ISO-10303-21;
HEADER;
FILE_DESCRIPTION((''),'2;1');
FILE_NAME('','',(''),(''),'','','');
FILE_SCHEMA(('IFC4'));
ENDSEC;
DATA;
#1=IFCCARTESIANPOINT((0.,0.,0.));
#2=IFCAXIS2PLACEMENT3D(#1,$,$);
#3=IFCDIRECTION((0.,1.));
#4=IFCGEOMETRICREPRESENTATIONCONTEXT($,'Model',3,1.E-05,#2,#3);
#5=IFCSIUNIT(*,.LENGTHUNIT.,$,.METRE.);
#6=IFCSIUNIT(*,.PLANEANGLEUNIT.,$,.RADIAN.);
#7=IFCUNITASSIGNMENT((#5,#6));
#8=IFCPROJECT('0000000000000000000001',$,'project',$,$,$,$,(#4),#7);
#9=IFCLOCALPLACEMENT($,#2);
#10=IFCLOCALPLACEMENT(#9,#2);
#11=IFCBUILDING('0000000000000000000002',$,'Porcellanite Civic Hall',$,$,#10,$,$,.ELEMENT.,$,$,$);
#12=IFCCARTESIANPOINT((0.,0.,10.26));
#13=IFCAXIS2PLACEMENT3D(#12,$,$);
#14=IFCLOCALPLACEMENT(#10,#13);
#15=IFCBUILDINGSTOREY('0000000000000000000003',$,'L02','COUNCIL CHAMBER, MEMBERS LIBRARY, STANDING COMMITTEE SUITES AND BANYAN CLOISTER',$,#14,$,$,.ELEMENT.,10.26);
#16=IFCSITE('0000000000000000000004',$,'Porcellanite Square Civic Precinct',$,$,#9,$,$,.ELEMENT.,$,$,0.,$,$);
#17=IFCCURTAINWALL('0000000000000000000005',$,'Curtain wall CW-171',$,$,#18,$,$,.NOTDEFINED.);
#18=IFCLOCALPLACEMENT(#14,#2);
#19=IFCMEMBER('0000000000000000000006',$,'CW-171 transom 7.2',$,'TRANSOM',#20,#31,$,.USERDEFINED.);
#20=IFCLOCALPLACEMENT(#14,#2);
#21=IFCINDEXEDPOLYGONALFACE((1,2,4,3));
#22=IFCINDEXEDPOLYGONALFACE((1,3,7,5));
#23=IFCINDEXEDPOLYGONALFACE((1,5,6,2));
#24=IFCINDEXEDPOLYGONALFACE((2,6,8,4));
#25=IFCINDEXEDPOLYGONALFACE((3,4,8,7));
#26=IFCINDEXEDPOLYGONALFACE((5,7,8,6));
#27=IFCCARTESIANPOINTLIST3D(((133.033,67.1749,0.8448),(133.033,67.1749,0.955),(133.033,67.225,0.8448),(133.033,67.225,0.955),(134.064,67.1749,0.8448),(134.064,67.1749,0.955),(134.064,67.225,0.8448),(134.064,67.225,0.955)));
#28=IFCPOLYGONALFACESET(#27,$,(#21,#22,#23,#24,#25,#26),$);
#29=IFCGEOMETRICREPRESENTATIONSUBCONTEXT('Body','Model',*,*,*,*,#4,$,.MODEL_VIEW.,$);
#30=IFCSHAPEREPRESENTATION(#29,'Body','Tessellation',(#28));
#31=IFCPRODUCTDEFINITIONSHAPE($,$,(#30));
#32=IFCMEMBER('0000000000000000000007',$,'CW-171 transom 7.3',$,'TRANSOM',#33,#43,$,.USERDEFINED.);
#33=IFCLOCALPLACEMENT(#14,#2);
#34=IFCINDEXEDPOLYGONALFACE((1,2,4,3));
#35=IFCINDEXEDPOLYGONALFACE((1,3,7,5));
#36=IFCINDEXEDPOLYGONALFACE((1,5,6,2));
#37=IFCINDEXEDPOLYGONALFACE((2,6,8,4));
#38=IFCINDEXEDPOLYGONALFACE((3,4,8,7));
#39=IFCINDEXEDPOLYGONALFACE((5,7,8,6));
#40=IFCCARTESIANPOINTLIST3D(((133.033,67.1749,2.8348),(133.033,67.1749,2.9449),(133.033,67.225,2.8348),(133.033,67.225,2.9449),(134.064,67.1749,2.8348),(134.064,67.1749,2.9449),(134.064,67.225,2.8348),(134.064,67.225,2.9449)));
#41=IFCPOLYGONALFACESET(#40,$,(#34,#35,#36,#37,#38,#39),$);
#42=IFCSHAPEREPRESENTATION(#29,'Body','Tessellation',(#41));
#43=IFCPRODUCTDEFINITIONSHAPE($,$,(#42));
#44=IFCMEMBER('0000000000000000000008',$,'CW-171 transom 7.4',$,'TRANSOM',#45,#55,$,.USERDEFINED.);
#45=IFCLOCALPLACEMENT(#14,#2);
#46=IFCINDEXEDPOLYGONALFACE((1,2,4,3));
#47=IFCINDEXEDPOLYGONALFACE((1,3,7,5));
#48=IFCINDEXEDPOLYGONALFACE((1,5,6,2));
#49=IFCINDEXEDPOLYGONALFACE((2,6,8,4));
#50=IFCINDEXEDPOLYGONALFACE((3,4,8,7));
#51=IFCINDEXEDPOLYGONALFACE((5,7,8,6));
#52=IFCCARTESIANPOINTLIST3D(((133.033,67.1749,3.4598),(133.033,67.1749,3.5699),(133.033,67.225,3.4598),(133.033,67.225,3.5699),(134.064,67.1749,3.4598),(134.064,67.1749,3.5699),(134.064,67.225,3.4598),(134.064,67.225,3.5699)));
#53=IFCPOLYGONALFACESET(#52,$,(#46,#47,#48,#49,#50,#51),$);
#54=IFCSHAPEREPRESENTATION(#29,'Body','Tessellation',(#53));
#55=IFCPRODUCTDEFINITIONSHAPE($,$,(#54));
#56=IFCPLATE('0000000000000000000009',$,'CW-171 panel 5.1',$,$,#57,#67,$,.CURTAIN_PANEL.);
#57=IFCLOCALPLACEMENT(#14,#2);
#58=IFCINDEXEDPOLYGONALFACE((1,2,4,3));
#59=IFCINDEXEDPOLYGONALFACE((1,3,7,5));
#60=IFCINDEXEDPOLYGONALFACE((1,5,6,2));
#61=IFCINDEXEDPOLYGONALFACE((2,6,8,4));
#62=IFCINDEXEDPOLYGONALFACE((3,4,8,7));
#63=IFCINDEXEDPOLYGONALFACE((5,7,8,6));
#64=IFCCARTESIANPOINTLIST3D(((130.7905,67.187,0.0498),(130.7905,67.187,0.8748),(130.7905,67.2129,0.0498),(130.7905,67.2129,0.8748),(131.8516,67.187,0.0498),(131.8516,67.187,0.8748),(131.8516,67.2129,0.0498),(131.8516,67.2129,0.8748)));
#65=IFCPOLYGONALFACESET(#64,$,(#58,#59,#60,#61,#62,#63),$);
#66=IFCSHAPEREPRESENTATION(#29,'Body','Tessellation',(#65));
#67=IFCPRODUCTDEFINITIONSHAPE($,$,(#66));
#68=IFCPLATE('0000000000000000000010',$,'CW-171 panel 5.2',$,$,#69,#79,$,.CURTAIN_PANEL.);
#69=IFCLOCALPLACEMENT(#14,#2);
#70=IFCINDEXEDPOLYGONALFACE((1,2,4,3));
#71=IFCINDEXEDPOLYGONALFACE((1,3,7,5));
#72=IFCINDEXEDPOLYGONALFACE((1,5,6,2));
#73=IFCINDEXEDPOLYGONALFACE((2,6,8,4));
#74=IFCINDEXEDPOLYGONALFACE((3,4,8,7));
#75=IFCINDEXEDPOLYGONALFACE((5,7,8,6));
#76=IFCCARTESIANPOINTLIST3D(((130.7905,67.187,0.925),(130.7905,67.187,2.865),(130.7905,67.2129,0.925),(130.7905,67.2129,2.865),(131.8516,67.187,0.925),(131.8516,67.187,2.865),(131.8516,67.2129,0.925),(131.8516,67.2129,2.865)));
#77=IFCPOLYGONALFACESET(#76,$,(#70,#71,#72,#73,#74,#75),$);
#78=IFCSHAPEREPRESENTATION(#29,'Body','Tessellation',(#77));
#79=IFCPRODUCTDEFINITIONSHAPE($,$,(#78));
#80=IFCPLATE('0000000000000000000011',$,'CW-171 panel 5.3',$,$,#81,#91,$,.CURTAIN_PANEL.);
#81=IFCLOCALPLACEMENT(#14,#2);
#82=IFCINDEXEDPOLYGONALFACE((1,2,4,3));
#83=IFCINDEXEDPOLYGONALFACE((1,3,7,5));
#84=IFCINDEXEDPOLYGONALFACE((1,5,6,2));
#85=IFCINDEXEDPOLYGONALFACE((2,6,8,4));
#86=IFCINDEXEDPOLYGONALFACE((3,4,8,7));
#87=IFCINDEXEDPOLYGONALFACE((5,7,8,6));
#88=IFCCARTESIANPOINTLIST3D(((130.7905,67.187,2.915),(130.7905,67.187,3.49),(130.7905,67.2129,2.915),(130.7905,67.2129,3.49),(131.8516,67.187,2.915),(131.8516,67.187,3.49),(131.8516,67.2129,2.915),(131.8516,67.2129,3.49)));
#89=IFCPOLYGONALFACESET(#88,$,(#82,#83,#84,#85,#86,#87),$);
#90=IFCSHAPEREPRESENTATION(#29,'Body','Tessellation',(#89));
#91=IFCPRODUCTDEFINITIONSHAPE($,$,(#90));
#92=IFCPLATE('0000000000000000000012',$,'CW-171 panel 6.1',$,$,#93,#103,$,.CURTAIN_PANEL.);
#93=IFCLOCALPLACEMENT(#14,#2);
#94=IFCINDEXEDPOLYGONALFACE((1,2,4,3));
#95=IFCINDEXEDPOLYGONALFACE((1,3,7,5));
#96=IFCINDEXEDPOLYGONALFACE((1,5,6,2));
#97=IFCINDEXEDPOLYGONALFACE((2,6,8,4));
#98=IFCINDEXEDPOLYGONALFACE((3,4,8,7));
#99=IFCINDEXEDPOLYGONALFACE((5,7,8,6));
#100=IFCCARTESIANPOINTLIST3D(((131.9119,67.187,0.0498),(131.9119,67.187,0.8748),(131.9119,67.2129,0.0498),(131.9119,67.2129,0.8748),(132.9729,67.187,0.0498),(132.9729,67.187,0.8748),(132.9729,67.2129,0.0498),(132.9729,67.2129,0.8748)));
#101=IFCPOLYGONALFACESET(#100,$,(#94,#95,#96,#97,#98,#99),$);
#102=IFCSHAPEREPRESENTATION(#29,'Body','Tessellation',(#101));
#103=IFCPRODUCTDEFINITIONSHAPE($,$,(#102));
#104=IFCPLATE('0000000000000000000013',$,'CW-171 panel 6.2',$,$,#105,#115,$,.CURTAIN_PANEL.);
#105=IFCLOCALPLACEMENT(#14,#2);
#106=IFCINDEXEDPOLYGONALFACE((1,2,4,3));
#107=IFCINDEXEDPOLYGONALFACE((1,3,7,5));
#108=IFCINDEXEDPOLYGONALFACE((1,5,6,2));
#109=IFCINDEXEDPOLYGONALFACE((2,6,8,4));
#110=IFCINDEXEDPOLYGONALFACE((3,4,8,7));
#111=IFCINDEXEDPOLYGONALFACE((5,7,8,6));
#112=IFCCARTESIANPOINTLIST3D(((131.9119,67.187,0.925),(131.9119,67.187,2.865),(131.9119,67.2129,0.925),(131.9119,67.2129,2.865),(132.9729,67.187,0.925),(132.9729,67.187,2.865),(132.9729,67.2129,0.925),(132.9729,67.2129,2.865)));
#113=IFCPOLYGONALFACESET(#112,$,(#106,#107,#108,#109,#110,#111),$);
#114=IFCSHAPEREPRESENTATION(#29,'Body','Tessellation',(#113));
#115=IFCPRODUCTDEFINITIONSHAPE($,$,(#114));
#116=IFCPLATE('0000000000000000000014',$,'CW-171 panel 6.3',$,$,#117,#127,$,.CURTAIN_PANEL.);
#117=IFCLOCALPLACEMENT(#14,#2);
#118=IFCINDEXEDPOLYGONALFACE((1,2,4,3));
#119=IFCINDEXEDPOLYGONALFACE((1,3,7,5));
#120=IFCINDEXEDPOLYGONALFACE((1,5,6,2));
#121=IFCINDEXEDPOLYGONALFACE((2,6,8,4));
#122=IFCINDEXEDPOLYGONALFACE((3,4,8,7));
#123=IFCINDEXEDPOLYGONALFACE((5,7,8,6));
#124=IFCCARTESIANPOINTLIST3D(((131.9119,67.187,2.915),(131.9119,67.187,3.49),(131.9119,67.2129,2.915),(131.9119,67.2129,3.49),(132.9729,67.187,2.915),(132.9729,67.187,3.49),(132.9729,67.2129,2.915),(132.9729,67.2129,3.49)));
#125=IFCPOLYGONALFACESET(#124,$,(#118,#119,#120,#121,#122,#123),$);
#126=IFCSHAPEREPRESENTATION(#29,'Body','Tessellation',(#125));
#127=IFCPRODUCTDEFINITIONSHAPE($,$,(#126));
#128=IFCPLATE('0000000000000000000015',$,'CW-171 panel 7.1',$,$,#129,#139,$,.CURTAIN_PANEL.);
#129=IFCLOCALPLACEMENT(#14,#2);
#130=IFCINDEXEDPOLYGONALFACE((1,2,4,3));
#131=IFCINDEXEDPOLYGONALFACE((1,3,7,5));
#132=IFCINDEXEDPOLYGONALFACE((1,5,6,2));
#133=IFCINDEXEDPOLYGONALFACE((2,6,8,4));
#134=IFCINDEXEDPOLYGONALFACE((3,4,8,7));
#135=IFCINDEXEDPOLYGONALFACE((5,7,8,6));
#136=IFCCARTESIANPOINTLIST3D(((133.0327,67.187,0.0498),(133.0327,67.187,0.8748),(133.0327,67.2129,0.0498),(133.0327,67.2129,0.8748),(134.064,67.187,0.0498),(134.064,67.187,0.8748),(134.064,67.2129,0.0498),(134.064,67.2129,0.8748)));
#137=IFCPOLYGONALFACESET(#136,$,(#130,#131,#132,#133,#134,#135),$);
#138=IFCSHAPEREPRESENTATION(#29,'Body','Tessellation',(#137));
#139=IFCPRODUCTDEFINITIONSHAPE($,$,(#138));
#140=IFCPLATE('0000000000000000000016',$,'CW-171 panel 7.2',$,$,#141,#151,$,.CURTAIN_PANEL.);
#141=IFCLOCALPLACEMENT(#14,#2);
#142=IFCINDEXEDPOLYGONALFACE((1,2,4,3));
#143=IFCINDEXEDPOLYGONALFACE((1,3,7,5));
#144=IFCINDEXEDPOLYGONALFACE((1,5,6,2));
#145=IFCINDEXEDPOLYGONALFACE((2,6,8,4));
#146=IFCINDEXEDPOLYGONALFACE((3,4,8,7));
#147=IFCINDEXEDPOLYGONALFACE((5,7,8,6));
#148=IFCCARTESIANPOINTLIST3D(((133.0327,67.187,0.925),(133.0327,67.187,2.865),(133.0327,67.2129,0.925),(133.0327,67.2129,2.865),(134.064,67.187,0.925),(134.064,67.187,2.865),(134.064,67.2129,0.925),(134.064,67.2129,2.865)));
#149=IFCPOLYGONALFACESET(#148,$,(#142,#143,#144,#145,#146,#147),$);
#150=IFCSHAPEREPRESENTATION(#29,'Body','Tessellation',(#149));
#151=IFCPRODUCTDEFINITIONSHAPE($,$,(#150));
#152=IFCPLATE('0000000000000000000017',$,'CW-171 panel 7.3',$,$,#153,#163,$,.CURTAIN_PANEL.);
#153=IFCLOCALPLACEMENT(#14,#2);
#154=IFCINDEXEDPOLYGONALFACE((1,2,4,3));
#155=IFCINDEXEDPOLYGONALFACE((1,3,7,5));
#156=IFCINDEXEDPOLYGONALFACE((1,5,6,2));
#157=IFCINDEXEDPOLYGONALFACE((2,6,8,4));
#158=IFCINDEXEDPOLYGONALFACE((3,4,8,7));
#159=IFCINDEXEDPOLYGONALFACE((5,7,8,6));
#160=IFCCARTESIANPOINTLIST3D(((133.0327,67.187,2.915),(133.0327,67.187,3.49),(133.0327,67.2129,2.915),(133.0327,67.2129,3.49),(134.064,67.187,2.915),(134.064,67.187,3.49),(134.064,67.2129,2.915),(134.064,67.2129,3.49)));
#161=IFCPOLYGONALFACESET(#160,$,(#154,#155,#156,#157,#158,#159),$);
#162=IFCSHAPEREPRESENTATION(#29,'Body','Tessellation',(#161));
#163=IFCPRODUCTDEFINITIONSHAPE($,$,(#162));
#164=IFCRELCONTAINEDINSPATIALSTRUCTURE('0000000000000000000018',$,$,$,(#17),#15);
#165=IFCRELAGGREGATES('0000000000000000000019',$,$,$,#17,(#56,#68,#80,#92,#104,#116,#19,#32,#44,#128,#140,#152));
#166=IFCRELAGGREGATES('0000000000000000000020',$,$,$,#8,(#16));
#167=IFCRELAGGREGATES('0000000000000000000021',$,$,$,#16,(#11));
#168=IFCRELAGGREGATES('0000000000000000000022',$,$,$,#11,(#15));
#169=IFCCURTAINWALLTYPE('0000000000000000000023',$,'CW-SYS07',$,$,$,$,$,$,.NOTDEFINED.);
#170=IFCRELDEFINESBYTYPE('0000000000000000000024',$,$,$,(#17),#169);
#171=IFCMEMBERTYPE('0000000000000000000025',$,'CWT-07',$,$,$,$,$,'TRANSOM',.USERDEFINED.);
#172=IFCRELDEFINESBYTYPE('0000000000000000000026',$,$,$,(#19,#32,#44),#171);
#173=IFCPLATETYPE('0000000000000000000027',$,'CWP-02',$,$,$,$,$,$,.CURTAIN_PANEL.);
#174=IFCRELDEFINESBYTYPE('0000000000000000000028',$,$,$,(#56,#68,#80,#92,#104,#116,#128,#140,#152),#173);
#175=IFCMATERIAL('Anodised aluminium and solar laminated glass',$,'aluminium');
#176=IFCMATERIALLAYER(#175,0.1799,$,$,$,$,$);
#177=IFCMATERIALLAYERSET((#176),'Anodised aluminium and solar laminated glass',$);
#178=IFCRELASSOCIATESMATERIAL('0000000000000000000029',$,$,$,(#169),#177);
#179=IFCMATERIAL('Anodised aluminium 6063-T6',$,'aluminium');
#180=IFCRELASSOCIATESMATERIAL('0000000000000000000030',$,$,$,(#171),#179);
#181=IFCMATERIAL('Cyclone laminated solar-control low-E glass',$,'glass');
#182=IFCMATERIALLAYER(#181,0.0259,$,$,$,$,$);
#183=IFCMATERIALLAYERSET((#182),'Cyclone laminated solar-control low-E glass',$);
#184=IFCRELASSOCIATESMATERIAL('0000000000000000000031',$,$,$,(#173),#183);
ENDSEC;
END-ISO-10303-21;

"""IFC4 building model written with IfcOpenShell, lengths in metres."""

from ifc_helpers import new_model, si_unit, direction, frame, origin, origin_2d, place, context, subcontext, project, spatial, rectangle, extrude, material, layer, layer_set, material_profile, profile_set, type_object, element, aggregate, save


model = new_model("IFC4")

# Units and contexts
model_context = context("Model", 3, precision=1e-05, world=origin(), true_north=direction((0.0, 1.0)))
body_context = subcontext(model_context, "Body", "Model", "MODEL_VIEW")
ifc_project = project(units=[si_unit("LENGTHUNIT", "METRE"), si_unit("PLANEANGLEUNIT", "RADIAN")], contexts=[model_context])

# Site, building, storey
site_placement = place(None, origin())
site = spatial("IfcSite", under=ifc_project, at=site_placement, Name="Porcellanite Square Civic Precinct", CompositionType="ELEMENT", RefElevation=0.0)
building_placement = place(site_placement, origin())
building = spatial("IfcBuilding", under=site, at=building_placement, Name="Porcellanite Civic Hall", CompositionType="ELEMENT")
storey_placement = place(building_placement, frame((0.0, 0.0, 10.26)))
storey = spatial("IfcBuildingStorey", under=building, at=storey_placement, Name="L02", Description="COUNCIL CHAMBER, MEMBERS LIBRARY, STANDING COMMITTEE SUITES AND BANYAN CLOISTER", CompositionType="ELEMENT", Elevation=10.26)

# Curtain wall, members, plates
ifc_material_1 = material(Name="Anodised aluminium and solar laminated glass", Category="aluminium")
ifc_layer_1 = layer(ifc_material_1, 0.1799)
ifc_layer_set_1 = layer_set([ifc_layer_1], Name="Anodised aluminium and solar laminated glass")
curtain_wall_type = type_object("IfcCurtainWallType", Name="CW-SYS07", PredefinedType="NOTDEFINED", material=ifc_layer_set_1)
curtain_wall_placement = place(storey_placement, origin())
curtain_wall = element("IfcCurtainWall", 1, at=curtain_wall_placement, inside=storey, type_object=curtain_wall_type, Name="Curtain wall CW-171", PredefinedType="NOTDEFINED")
ifc_material_2 = material(Name="Anodised aluminium 6063-T6", Category="aluminium")
ifc_material_profile_1 = material_profile(ifc_material_2, rectangle(XDim=0.05, YDim=0.1101, at=origin_2d()), Name="AL-50x110")
ifc_profile_set_1 = profile_set([ifc_material_profile_1], Name="Anodised aluminium 6063-T6")
member_type_1 = type_object("IfcMemberType", Name="CWT-07", ElementType="TRANSOM", PredefinedType="USERDEFINED", material=ifc_profile_set_1)
member_1_placement = place(storey_placement, frame((133.033, 67.2, 0.8999), z_axis=(1.0, 0.0, 0.0), x_axis=(0.0, 1.0, 0.0)))
member_1 = element("IfcMember", 2, at=member_1_placement, type_object=member_type_1, Name="CW-171 transom 7.2", ObjectType="TRANSOM", PredefinedType="USERDEFINED", context=body_context, shape_type="SweptSolid", body=[
    extrude(rectangle(XDim=0.05, YDim=0.1101, at=origin_2d()), origin(), (0.0, 0.0, 1.0), 1.031),
])
member_2_placement = place(storey_placement, frame((133.033, 67.2, 2.8899), z_axis=(1.0, 0.0, 0.0), x_axis=(0.0, 1.0, 0.0)))
member_2 = element("IfcMember", 3, at=member_2_placement, type_object=member_type_1, Name="CW-171 transom 7.3", ObjectType="TRANSOM", PredefinedType="USERDEFINED", context=body_context, shape_type="SweptSolid", body=[
    extrude(rectangle(XDim=0.05, YDim=0.1101, at=origin_2d()), origin(), (0.0, 0.0, 1.0), 1.031),
])
member_3_placement = place(storey_placement, frame((133.033, 67.2, 3.5149), z_axis=(1.0, 0.0, 0.0), x_axis=(0.0, 1.0, 0.0)))
member_3 = element("IfcMember", 4, at=member_3_placement, type_object=member_type_1, Name="CW-171 transom 7.4", ObjectType="TRANSOM", PredefinedType="USERDEFINED", context=body_context, shape_type="SweptSolid", body=[
    extrude(rectangle(XDim=0.05, YDim=0.1101, at=origin_2d()), origin(), (0.0, 0.0, 1.0), 1.031),
])
ifc_material_3 = material(Name="Cyclone laminated solar-control low-E glass", Category="glass")
ifc_layer_2 = layer(ifc_material_3, 0.0259)
ifc_layer_set_2 = layer_set([ifc_layer_2], Name="Cyclone laminated solar-control low-E glass")
plate_type = type_object("IfcPlateType", Name="CWP-02", PredefinedType="CURTAIN_PANEL", material=ifc_layer_set_2)
plate_1_placement = place(storey_placement, frame((131.321, 67.2, 0.0498), z_axis=(0.0, 0.0, 1.0), x_axis=(1.0, 0.0, 0.0)))
plate_1 = element("IfcPlate", 5, at=plate_1_placement, type_object=plate_type, Name="CW-171 panel 5.1", PredefinedType="CURTAIN_PANEL", context=body_context, shape_type="SweptSolid", body=[
    extrude(rectangle(XDim=1.061, YDim=0.0259, at=origin_2d()), origin(), (0.0, 0.0, 1.0), 0.825),
])
plate_2_placement = place(storey_placement, frame((131.321, 67.2, 0.925), z_axis=(0.0, 0.0, 1.0), x_axis=(1.0, 0.0, 0.0)))
plate_2 = element("IfcPlate", 6, at=plate_2_placement, type_object=plate_type, Name="CW-171 panel 5.2", PredefinedType="CURTAIN_PANEL", context=body_context, shape_type="SweptSolid", body=[
    extrude(rectangle(XDim=1.061, YDim=0.0259, at=origin_2d()), origin(), (0.0, 0.0, 1.0), 1.9399),
])
plate_3_placement = place(storey_placement, frame((131.321, 67.2, 2.915), z_axis=(0.0, 0.0, 1.0), x_axis=(1.0, 0.0, 0.0)))
plate_3 = element("IfcPlate", 7, at=plate_3_placement, type_object=plate_type, Name="CW-171 panel 5.3", PredefinedType="CURTAIN_PANEL", context=body_context, shape_type="SweptSolid", body=[
    extrude(rectangle(XDim=1.061, YDim=0.0259, at=origin_2d()), origin(), (0.0, 0.0, 1.0), 0.575),
])
plate_4_placement = place(storey_placement, frame((132.4424, 67.2, 0.0498), z_axis=(0.0, 0.0, 1.0), x_axis=(1.0, 0.0, 0.0)))
plate_4 = element("IfcPlate", 8, at=plate_4_placement, type_object=plate_type, Name="CW-171 panel 6.1", PredefinedType="CURTAIN_PANEL", context=body_context, shape_type="SweptSolid", body=[
    extrude(rectangle(XDim=1.061, YDim=0.0259, at=origin_2d()), origin(), (0.0, 0.0, 1.0), 0.825),
])
plate_5_placement = place(storey_placement, frame((132.4424, 67.2, 0.925), z_axis=(0.0, 0.0, 1.0), x_axis=(1.0, 0.0, 0.0)))
plate_5 = element("IfcPlate", 9, at=plate_5_placement, type_object=plate_type, Name="CW-171 panel 6.2", PredefinedType="CURTAIN_PANEL", context=body_context, shape_type="SweptSolid", body=[
    extrude(rectangle(XDim=1.061, YDim=0.0259, at=origin_2d()), origin(), (0.0, 0.0, 1.0), 1.9399),
])
plate_6_placement = place(storey_placement, frame((132.4424, 67.2, 2.915), z_axis=(0.0, 0.0, 1.0), x_axis=(1.0, 0.0, 0.0)))
plate_6 = element("IfcPlate", 10, at=plate_6_placement, type_object=plate_type, Name="CW-171 panel 6.3", PredefinedType="CURTAIN_PANEL", context=body_context, shape_type="SweptSolid", body=[
    extrude(rectangle(XDim=1.061, YDim=0.0259, at=origin_2d()), origin(), (0.0, 0.0, 1.0), 0.575),
])
plate_7_placement = place(storey_placement, frame((133.5483, 67.2, 0.0498), z_axis=(0.0, 0.0, 1.0), x_axis=(1.0, 0.0, 0.0)))
plate_7 = element("IfcPlate", 11, at=plate_7_placement, type_object=plate_type, Name="CW-171 panel 7.1", PredefinedType="CURTAIN_PANEL", context=body_context, shape_type="SweptSolid", body=[
    extrude(rectangle(XDim=1.0312, YDim=0.0259, at=origin_2d()), origin(), (0.0, 0.0, 1.0), 0.825),
])
plate_8_placement = place(storey_placement, frame((133.5483, 67.2, 0.925), z_axis=(0.0, 0.0, 1.0), x_axis=(1.0, 0.0, 0.0)))
plate_8 = element("IfcPlate", 12, at=plate_8_placement, type_object=plate_type, Name="CW-171 panel 7.2", PredefinedType="CURTAIN_PANEL", context=body_context, shape_type="SweptSolid", body=[
    extrude(rectangle(XDim=1.0312, YDim=0.0259, at=origin_2d()), origin(), (0.0, 0.0, 1.0), 1.9399),
])
plate_9_placement = place(storey_placement, frame((133.5483, 67.2, 2.915), z_axis=(0.0, 0.0, 1.0), x_axis=(1.0, 0.0, 0.0)))
plate_9 = element("IfcPlate", 13, at=plate_9_placement, type_object=plate_type, Name="CW-171 panel 7.3", PredefinedType="CURTAIN_PANEL", context=body_context, shape_type="SweptSolid", body=[
    extrude(rectangle(XDim=1.0312, YDim=0.0259, at=origin_2d()), origin(), (0.0, 0.0, 1.0), 0.575),
])
aggregate(curtain_wall, [plate_1, plate_2, plate_3, plate_4, plate_5, plate_6, member_1, member_2, member_3, plate_7, plate_8, plate_9])

save(model, "model.ifc")
